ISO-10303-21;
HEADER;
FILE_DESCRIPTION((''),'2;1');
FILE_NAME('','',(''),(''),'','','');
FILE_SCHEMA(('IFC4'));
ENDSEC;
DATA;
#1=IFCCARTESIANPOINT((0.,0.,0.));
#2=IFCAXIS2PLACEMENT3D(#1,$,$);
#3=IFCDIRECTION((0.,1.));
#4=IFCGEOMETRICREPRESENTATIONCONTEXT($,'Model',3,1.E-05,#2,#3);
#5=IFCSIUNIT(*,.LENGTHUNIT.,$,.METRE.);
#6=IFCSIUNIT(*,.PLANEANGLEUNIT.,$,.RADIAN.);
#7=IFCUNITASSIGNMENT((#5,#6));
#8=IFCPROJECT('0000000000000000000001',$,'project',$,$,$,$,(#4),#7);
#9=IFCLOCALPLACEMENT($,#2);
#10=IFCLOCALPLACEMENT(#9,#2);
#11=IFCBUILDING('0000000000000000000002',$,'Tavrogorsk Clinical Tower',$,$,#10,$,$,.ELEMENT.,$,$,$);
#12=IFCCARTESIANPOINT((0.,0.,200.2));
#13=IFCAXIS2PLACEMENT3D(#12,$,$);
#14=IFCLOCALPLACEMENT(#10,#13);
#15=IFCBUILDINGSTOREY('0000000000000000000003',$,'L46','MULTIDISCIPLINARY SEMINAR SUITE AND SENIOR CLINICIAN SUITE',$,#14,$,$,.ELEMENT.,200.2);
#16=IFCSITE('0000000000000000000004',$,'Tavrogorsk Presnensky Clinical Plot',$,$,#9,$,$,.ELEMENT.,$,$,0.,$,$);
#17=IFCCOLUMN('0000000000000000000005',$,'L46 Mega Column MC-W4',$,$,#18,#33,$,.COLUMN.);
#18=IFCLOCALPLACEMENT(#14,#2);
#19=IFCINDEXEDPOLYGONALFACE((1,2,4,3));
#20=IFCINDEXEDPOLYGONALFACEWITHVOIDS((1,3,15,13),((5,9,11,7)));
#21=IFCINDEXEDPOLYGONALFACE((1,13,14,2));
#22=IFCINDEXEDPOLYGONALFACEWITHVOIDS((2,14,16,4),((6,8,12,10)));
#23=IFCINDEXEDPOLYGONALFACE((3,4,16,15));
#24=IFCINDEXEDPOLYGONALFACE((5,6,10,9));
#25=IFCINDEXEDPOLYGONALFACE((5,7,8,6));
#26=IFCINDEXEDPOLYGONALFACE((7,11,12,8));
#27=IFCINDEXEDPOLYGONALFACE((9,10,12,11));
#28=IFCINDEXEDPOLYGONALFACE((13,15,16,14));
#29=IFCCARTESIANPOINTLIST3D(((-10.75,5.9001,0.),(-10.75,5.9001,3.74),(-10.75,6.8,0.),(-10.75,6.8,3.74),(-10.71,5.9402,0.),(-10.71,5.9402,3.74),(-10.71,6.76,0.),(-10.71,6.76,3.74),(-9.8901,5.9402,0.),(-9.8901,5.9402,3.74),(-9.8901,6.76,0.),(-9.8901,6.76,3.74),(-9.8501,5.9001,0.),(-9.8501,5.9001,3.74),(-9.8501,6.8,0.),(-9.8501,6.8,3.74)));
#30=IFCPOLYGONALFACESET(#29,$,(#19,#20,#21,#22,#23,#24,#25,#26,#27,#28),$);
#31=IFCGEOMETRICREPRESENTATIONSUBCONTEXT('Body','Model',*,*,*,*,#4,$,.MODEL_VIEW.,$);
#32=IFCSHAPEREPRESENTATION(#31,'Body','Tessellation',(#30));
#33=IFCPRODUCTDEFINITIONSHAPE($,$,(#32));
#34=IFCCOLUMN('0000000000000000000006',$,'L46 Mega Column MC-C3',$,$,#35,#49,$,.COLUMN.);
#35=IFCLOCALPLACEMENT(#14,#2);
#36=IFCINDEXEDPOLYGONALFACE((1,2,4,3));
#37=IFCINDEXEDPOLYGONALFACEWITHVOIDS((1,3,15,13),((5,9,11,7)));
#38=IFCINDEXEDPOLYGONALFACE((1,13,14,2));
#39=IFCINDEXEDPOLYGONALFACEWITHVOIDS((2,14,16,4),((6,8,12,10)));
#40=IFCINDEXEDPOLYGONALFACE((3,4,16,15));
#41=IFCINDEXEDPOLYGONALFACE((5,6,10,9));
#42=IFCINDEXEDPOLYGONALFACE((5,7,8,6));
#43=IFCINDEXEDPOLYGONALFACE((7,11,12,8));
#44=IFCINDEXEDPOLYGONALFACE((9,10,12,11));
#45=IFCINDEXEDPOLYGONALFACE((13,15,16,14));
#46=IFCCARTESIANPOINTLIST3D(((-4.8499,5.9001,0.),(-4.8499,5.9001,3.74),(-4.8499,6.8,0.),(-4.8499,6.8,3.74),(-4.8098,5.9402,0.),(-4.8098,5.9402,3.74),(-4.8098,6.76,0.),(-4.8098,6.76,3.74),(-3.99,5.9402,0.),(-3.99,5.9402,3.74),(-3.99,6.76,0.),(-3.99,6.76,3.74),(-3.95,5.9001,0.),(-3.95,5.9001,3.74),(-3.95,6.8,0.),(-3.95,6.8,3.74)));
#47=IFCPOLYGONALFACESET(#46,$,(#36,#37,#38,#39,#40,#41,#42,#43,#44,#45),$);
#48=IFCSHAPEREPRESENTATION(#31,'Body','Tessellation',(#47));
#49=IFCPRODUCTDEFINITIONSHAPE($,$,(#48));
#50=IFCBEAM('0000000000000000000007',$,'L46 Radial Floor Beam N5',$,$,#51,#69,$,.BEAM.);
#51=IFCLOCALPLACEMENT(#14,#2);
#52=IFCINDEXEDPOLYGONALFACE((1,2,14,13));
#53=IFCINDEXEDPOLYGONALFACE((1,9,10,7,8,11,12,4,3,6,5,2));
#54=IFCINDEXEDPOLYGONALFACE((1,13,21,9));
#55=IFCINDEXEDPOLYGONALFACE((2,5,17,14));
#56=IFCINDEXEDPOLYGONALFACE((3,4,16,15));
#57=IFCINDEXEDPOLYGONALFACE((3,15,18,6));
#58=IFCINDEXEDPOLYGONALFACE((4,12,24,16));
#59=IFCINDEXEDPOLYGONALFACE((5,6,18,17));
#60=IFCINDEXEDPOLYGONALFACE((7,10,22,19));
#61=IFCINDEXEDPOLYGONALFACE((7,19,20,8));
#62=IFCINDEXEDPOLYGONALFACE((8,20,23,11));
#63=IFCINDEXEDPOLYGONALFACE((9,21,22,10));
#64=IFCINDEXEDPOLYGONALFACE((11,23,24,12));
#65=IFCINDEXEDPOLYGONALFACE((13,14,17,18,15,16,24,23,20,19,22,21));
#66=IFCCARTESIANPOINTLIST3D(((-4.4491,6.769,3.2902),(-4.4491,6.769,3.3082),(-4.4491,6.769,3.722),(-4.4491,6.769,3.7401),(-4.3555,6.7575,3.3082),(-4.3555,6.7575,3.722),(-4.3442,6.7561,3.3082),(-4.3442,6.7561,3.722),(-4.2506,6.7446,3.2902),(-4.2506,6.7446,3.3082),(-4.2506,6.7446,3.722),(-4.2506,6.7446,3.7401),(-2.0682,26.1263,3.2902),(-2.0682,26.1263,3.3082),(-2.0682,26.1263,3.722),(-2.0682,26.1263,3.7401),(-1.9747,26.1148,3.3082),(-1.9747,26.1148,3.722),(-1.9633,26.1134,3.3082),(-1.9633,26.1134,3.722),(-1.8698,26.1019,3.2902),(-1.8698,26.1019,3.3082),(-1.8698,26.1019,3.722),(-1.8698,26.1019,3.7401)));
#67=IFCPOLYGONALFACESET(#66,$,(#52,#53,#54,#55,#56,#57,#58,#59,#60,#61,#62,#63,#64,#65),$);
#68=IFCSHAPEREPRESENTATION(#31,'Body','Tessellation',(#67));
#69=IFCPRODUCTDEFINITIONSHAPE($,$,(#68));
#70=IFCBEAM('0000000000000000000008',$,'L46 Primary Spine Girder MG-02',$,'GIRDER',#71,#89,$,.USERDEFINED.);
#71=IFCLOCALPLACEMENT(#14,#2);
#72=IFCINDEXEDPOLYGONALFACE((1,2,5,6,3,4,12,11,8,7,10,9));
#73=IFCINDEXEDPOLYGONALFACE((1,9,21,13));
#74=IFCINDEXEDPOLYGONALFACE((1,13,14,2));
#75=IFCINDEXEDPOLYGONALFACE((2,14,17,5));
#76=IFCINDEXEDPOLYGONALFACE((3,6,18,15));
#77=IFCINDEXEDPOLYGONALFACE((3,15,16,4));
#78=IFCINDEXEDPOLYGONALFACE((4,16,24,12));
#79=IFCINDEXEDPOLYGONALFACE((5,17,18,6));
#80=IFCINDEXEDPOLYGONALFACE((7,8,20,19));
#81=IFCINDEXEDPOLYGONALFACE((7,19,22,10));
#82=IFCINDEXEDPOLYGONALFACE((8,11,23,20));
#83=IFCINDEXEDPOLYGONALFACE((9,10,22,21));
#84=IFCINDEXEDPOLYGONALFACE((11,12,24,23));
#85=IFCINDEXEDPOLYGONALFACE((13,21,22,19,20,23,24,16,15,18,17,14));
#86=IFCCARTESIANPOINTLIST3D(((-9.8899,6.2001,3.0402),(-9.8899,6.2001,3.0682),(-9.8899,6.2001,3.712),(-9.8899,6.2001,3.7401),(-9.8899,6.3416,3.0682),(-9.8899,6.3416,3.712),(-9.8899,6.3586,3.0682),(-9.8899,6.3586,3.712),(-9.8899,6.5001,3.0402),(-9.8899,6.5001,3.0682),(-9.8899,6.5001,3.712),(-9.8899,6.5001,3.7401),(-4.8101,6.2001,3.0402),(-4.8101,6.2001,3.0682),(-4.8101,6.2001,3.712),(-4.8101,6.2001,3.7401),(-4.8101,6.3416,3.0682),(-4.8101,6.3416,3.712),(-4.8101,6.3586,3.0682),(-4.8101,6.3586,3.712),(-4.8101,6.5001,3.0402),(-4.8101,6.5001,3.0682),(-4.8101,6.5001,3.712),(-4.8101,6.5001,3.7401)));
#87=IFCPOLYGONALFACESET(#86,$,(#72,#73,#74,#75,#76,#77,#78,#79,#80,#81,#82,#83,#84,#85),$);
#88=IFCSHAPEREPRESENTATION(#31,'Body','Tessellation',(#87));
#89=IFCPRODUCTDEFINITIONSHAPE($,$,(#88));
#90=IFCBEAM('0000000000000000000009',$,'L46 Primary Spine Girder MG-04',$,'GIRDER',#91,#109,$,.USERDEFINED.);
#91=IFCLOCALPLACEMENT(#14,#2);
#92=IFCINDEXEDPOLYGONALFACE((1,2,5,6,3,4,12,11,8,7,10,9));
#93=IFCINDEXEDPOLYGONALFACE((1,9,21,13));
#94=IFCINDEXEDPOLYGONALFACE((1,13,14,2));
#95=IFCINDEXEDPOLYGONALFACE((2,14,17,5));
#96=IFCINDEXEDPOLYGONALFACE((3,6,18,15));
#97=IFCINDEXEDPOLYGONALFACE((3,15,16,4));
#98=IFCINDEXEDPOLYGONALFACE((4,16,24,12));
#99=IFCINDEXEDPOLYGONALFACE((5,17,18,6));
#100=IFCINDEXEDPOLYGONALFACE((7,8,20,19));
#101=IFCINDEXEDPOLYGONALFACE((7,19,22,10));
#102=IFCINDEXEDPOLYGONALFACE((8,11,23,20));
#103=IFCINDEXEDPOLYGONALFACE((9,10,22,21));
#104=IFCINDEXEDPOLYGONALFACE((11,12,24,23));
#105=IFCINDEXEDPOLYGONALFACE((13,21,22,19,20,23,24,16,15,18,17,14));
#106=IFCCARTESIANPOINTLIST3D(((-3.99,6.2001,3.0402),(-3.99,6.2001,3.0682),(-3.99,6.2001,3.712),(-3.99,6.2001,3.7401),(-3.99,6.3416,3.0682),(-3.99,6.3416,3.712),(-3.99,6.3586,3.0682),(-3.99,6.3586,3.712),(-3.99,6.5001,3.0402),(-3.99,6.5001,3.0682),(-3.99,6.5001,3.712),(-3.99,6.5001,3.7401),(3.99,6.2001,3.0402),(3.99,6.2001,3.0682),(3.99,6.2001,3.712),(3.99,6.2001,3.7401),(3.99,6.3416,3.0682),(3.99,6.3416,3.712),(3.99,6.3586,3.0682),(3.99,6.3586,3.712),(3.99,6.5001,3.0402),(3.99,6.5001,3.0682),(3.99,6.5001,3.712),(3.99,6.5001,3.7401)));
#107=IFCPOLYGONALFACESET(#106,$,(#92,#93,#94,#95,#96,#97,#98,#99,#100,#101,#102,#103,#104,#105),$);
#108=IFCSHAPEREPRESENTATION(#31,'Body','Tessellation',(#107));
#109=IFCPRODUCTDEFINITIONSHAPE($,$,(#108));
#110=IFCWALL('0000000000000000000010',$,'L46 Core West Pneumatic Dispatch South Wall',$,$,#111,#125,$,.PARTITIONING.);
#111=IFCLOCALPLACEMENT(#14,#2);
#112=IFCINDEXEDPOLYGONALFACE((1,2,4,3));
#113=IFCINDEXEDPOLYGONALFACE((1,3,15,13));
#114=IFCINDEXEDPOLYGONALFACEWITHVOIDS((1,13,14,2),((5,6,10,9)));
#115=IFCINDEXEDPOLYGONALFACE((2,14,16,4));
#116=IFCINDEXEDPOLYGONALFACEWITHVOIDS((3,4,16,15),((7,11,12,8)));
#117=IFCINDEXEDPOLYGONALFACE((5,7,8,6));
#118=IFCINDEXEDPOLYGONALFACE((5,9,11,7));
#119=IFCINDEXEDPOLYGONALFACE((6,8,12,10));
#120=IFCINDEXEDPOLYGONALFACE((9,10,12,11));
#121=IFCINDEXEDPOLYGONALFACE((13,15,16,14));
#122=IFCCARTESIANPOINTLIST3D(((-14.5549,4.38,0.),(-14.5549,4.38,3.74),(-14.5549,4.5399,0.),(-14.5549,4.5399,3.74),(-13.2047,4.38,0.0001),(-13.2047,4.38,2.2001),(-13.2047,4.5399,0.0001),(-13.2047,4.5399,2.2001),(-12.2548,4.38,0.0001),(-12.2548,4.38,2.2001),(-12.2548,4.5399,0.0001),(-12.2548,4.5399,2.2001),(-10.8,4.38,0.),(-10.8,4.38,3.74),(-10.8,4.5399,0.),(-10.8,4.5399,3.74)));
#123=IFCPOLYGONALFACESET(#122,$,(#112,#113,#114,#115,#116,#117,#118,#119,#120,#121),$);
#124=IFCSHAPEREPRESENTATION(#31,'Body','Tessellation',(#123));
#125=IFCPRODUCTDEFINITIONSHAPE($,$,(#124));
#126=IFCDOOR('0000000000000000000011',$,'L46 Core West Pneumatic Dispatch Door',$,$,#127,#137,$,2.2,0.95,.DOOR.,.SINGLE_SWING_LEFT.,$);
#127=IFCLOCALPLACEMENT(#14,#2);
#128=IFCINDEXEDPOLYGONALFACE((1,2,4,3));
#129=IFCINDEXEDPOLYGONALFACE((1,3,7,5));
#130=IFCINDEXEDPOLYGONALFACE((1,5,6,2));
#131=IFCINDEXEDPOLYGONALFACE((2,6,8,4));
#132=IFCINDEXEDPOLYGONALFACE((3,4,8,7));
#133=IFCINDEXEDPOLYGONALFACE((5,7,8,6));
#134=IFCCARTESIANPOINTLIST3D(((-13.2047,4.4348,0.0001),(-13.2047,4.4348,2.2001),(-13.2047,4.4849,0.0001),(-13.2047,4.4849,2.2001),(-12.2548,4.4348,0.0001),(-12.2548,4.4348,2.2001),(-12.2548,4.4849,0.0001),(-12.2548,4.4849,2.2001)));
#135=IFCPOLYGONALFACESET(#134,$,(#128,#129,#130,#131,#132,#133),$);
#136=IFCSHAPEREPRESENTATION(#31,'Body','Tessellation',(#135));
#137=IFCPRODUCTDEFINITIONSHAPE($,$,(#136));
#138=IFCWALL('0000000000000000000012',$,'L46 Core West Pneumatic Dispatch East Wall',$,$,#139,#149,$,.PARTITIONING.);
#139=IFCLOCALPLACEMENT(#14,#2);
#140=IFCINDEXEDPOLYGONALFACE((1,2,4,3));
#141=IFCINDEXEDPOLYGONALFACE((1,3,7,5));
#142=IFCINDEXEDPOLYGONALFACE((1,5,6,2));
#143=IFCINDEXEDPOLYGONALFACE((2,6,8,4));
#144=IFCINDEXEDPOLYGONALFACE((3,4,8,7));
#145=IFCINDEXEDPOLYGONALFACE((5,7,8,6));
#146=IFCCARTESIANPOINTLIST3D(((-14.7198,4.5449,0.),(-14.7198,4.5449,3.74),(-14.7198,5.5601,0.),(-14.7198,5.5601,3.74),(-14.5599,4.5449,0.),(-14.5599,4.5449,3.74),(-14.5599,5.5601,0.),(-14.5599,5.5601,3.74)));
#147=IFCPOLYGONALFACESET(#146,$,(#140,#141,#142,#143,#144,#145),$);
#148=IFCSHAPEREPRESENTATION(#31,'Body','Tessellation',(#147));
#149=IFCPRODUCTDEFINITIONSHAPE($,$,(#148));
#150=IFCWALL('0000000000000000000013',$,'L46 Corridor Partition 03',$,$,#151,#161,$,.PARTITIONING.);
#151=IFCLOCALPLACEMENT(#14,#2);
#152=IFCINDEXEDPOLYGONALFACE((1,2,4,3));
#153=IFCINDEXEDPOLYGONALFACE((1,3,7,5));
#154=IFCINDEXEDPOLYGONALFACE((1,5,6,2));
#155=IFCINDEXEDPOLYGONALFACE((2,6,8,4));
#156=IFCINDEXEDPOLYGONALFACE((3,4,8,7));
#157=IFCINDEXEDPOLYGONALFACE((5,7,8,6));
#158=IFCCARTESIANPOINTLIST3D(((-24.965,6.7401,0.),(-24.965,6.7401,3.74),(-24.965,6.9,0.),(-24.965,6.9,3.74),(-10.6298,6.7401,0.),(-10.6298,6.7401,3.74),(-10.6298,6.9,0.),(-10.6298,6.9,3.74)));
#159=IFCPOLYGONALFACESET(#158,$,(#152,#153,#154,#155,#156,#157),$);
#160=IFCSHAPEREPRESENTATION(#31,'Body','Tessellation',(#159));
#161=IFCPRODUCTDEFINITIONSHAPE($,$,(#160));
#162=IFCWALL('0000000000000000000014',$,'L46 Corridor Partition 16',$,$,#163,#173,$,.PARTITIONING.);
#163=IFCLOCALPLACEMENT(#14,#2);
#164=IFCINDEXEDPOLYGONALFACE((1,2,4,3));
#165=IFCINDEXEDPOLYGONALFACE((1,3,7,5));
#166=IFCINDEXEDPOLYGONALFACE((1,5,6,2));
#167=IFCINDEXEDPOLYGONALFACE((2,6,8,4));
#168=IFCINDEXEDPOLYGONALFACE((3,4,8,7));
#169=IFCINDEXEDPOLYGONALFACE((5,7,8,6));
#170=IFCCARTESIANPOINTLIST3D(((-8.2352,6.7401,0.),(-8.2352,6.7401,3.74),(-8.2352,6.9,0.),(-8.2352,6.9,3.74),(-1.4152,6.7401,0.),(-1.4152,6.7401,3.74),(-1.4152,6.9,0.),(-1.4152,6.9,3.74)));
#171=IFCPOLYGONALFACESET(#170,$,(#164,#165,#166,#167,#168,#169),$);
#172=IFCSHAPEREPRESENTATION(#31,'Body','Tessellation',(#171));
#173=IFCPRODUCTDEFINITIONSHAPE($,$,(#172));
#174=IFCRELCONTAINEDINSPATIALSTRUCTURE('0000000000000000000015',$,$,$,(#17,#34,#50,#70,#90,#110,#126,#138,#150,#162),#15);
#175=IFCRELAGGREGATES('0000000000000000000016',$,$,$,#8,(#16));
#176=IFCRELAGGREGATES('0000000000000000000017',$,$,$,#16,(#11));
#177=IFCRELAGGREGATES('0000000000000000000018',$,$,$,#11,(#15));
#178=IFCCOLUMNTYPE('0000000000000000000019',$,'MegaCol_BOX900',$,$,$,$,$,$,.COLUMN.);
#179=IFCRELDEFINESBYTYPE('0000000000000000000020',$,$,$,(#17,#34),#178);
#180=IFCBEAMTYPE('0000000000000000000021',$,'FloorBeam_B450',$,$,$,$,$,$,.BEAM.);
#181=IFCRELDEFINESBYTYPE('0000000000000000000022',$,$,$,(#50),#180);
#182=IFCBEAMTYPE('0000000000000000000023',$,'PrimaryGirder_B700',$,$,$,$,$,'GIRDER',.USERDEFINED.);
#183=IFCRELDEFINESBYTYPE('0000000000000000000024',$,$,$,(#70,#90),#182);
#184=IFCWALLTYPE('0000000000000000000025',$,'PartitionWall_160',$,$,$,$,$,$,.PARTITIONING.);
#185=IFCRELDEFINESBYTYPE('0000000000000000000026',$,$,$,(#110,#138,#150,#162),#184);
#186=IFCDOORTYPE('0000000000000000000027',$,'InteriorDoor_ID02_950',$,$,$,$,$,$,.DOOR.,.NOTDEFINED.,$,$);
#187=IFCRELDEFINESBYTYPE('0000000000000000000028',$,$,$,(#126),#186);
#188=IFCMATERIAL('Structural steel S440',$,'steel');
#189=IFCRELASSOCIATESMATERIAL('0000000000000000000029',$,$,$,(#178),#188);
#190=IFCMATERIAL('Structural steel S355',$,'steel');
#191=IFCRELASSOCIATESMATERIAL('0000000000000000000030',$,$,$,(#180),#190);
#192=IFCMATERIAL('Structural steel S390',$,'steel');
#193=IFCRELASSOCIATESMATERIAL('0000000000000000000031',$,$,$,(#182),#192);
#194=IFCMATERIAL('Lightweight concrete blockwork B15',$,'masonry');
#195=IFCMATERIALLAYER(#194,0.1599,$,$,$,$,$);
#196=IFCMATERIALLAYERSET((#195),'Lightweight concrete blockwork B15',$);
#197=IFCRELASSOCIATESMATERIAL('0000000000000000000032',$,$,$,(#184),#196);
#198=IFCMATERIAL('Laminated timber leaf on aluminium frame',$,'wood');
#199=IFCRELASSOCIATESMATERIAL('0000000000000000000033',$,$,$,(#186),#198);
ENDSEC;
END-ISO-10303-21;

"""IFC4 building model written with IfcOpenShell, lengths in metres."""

from ifc_helpers import new_model, si_unit, direction, frame, frame_2d, origin, origin_2d, place, context, subcontext, project, spatial, rectangle, hollow_rectangle, i_section, extrude, material, layer, layer_set, material_profile, profile_set, type_object, element, fill, save


model = new_model("IFC4")

# Units and contexts
model_context = context("Model", 3, precision=1e-05, world=origin(), true_north=direction((0.0, 1.0)))
body_context = subcontext(model_context, "Body", "Model", "MODEL_VIEW")
ifc_project = project(units=[si_unit("LENGTHUNIT", "METRE"), si_unit("PLANEANGLEUNIT", "RADIAN")], contexts=[model_context])

# Site, building, storey
site_placement = place(None, origin())
site = spatial("IfcSite", under=ifc_project, at=site_placement, Name="Tavrogorsk Presnensky Clinical Plot", CompositionType="ELEMENT", RefElevation=0.0)
building_placement = place(site_placement, origin())
building = spatial("IfcBuilding", under=site, at=building_placement, Name="Tavrogorsk Clinical Tower", CompositionType="ELEMENT")
storey_placement = place(building_placement, frame((0.0, 0.0, 200.2)))
storey = spatial("IfcBuildingStorey", under=building, at=storey_placement, Name="L46", Description="MULTIDISCIPLINARY SEMINAR SUITE AND SENIOR CLINICIAN SUITE", CompositionType="ELEMENT", Elevation=200.2)

# Columns
ifc_material_1 = material(Name="Structural steel S440", Category="steel")
ifc_material_profile_1 = material_profile(ifc_material_1, hollow_rectangle(XDim=0.8999, YDim=0.8999, WallThickness=0.04, at=origin_2d()), Name="BOX-900x900x40")
ifc_profile_set_1 = profile_set([ifc_material_profile_1], Name="Structural steel S440")
column_type = type_object("IfcColumnType", Name="MegaCol_BOX900", PredefinedType="COLUMN", material=ifc_profile_set_1)
for number, where, z_axis, x_axis, name in (
    (1, (-10.3, 6.3501, 0.0), (0.0, 0.0, 1.0), (1.0, 0.0, 0.0), "L46 Mega Column MC-W4"),
    (2, (-4.3999, 6.3501, 0.0), (0.0, 0.0, 1.0), (1.0, 0.0, 0.0), "L46 Mega Column MC-C3"),
):
    element("IfcColumn", number, at=place(storey_placement, frame(where, z_axis=z_axis, x_axis=x_axis)), inside=storey, type_object=column_type, Name=name, PredefinedType="COLUMN", context=body_context, shape_type="SweptSolid", body=[
        extrude(hollow_rectangle(XDim=0.8999, YDim=0.8999, WallThickness=0.04, at=origin_2d()), origin(), (0.0, 0.0, 1.0), 3.74),
    ])

# Beams
ifc_material_2 = material(Name="Structural steel S355", Category="steel")
ifc_material_profile_2 = material_profile(ifc_material_2, i_section(OverallWidth=0.2, OverallDepth=0.45, WebThickness=0.0115, FlangeThickness=0.0181, at=origin_2d()), Name="B-450x200x11.5x18")
ifc_profile_set_2 = profile_set([ifc_material_profile_2], Name="Structural steel S355")
beam_type_1 = type_object("IfcBeamType", Name="FloorBeam_B450", PredefinedType="BEAM", material=ifc_profile_set_2)
beam_1_placement = place(storey_placement, frame((-4.3499, 6.7568, 3.5151), z_axis=(0.122075, 0.992521, 0.0), x_axis=(-0.992521, 0.122075, 0.0)))
element("IfcBeam", 3, at=beam_1_placement, inside=storey, type_object=beam_type_1, Name="L46 Radial Floor Beam N5", PredefinedType="BEAM", context=body_context, shape_type="SweptSolid", body=[
    extrude(i_section(OverallWidth=0.2, OverallDepth=0.45, WebThickness=0.0115, FlangeThickness=0.0181, at=origin_2d()), origin(), (0.0, 0.0, 1.0), 19.5032),
])
ifc_material_3 = material(Name="Structural steel S390", Category="steel")
ifc_material_profile_3 = material_profile(ifc_material_3, i_section(OverallWidth=0.3, OverallDepth=0.7, WebThickness=0.0171, FlangeThickness=0.0281, at=origin_2d()), Name="B-700x300x17x28")
ifc_profile_set_3 = profile_set([ifc_material_profile_3], Name="Structural steel S390")
beam_type_2 = type_object("IfcBeamType", Name="PrimaryGirder_B700", ElementType="GIRDER", PredefinedType="USERDEFINED", material=ifc_profile_set_3)
beam_2_placement = place(storey_placement, frame((-9.8899, 6.3501, 3.3901), z_axis=(1.0, 0.0, 0.0), x_axis=(0.0, 1.0, 0.0)))
element("IfcBeam", 4, at=beam_2_placement, inside=storey, type_object=beam_type_2, Name="L46 Primary Spine Girder MG-02", ObjectType="GIRDER", PredefinedType="USERDEFINED", context=body_context, shape_type="SweptSolid", body=[
    extrude(i_section(OverallWidth=0.3, OverallDepth=0.7, WebThickness=0.0171, FlangeThickness=0.0281, at=origin_2d()), origin(), (0.0, 0.0, 1.0), 5.0798),
])
beam_3_placement = place(storey_placement, frame((-3.99, 6.3501, 3.3901), z_axis=(1.0, 0.0, 0.0), x_axis=(0.0, 1.0, 0.0)))
element("IfcBeam", 5, at=beam_3_placement, inside=storey, type_object=beam_type_2, Name="L46 Primary Spine Girder MG-04", ObjectType="GIRDER", PredefinedType="USERDEFINED", context=body_context, shape_type="SweptSolid", body=[
    extrude(i_section(OverallWidth=0.3, OverallDepth=0.7, WebThickness=0.0171, FlangeThickness=0.0281, at=origin_2d()), origin(), (0.0, 0.0, 1.0), 7.98),
])

# Wall, opening, door
ifc_material_4 = material(Name="Lightweight concrete blockwork B15", Category="masonry")
ifc_layer_1 = layer(ifc_material_4, 0.1599)
ifc_layer_set_1 = layer_set([ifc_layer_1], Name="Lightweight concrete blockwork B15")
wall_type_1 = type_object("IfcWallType", Name="PartitionWall_160", PredefinedType="PARTITIONING", material=ifc_layer_set_1)
wall_1_placement = place(storey_placement, frame((-14.5549, 4.46, 0.0), z_axis=(0.0, 0.0, 1.0), x_axis=(1.0, 0.0, 0.0)))
wall_1 = element("IfcWall", 6, at=wall_1_placement, inside=storey, type_object=wall_type_1, Name="L46 Core West Pneumatic Dispatch South Wall", PredefinedType="PARTITIONING", context=body_context, shape_type="SweptSolid", body=[
    extrude(rectangle(XDim=3.7549, YDim=0.1599, at=frame_2d((1.8774, 0.0))), origin(), (0.0, 0.0, 1.0), 3.74),
])
opening_1_placement = place(wall_1_placement, frame((1.3501, 0.0, 0.0)))
opening_1 = element("IfcOpeningElement", 7, at=opening_1_placement, cuts=wall_1, PredefinedType="OPENING", context=body_context, shape_type="SweptSolid", body=[
    extrude(rectangle(XDim=0.95, YDim=2.2, at=frame_2d((0.4751, 1.1001))), frame((0.0, 0.0898, 0.0), z_axis=(0.0, -1.0, 0.0), x_axis=(1.0, 0.0, 0.0)), (0.0, 0.0, 1.0), 0.1799),
])
ifc_material_5 = material(Name="Laminated timber leaf on aluminium frame", Category="wood")
door_type_1 = type_object("IfcDoorType", Name="InteriorDoor_ID02_950", OperationType="NOTDEFINED", PredefinedType="DOOR", material=ifc_material_5)
door_1_placement = place(opening_1_placement, origin())
door_1 = element("IfcDoor", 8, at=door_1_placement, inside=storey, type_object=door_type_1, Name="L46 Core West Pneumatic Dispatch Door", OperationType="SINGLE_SWING_LEFT", OverallHeight=2.2, OverallWidth=0.95, PredefinedType="DOOR", context=body_context, shape_type="SweptSolid", body=[
    extrude(rectangle(XDim=0.95, YDim=2.2, at=frame_2d((0.4751, 1.1001))), frame((0.0, 0.0249, 0.0), z_axis=(0.0, -1.0, 0.0), x_axis=(1.0, 0.0, 0.0)), (0.0, 0.0, 1.0), 0.05),
])
fill(opening_1, door_1)

# Walls
wall_2_placement = place(storey_placement, frame((-14.6399, 4.5449, 0.0), z_axis=(0.0, 0.0, 1.0), x_axis=(0.0, 1.0, 0.0)))
element("IfcWall", 9, at=wall_2_placement, inside=storey, type_object=wall_type_1, Name="L46 Core West Pneumatic Dispatch East Wall", PredefinedType="PARTITIONING", context=body_context, shape_type="SweptSolid", body=[
    extrude(rectangle(XDim=1.0151, YDim=0.1599, at=frame_2d((0.5076, 0.0))), origin(), (0.0, 0.0, 1.0), 3.74),
])
wall_3_placement = place(storey_placement, frame((-10.6299, 6.8201, 0.0), z_axis=(0.0, 0.0, 1.0), x_axis=(-1.0, 0.0, 0.0)))
element("IfcWall", 10, at=wall_3_placement, inside=storey, type_object=wall_type_1, Name="L46 Corridor Partition 03", PredefinedType="PARTITIONING", context=body_context, shape_type="SweptSolid", body=[
    extrude(rectangle(XDim=14.3352, YDim=0.1599, at=frame_2d((7.1675, 0.0))), origin(), (0.0, 0.0, 1.0), 3.74),
])
wall_4_placement = place(storey_placement, frame((-1.415, 6.8201, 0.0), z_axis=(0.0, 0.0, 1.0), x_axis=(-1.0, 0.0, 0.0)))
element("IfcWall", 11, at=wall_4_placement, inside=storey, type_object=wall_type_1, Name="L46 Corridor Partition 16", PredefinedType="PARTITIONING", context=body_context, shape_type="SweptSolid", body=[
    extrude(rectangle(XDim=6.8201, YDim=0.1599, at=frame_2d((3.4102, 0.0))), origin(), (0.0, 0.0, 1.0), 3.74),
])

save(model, "model.ifc")
